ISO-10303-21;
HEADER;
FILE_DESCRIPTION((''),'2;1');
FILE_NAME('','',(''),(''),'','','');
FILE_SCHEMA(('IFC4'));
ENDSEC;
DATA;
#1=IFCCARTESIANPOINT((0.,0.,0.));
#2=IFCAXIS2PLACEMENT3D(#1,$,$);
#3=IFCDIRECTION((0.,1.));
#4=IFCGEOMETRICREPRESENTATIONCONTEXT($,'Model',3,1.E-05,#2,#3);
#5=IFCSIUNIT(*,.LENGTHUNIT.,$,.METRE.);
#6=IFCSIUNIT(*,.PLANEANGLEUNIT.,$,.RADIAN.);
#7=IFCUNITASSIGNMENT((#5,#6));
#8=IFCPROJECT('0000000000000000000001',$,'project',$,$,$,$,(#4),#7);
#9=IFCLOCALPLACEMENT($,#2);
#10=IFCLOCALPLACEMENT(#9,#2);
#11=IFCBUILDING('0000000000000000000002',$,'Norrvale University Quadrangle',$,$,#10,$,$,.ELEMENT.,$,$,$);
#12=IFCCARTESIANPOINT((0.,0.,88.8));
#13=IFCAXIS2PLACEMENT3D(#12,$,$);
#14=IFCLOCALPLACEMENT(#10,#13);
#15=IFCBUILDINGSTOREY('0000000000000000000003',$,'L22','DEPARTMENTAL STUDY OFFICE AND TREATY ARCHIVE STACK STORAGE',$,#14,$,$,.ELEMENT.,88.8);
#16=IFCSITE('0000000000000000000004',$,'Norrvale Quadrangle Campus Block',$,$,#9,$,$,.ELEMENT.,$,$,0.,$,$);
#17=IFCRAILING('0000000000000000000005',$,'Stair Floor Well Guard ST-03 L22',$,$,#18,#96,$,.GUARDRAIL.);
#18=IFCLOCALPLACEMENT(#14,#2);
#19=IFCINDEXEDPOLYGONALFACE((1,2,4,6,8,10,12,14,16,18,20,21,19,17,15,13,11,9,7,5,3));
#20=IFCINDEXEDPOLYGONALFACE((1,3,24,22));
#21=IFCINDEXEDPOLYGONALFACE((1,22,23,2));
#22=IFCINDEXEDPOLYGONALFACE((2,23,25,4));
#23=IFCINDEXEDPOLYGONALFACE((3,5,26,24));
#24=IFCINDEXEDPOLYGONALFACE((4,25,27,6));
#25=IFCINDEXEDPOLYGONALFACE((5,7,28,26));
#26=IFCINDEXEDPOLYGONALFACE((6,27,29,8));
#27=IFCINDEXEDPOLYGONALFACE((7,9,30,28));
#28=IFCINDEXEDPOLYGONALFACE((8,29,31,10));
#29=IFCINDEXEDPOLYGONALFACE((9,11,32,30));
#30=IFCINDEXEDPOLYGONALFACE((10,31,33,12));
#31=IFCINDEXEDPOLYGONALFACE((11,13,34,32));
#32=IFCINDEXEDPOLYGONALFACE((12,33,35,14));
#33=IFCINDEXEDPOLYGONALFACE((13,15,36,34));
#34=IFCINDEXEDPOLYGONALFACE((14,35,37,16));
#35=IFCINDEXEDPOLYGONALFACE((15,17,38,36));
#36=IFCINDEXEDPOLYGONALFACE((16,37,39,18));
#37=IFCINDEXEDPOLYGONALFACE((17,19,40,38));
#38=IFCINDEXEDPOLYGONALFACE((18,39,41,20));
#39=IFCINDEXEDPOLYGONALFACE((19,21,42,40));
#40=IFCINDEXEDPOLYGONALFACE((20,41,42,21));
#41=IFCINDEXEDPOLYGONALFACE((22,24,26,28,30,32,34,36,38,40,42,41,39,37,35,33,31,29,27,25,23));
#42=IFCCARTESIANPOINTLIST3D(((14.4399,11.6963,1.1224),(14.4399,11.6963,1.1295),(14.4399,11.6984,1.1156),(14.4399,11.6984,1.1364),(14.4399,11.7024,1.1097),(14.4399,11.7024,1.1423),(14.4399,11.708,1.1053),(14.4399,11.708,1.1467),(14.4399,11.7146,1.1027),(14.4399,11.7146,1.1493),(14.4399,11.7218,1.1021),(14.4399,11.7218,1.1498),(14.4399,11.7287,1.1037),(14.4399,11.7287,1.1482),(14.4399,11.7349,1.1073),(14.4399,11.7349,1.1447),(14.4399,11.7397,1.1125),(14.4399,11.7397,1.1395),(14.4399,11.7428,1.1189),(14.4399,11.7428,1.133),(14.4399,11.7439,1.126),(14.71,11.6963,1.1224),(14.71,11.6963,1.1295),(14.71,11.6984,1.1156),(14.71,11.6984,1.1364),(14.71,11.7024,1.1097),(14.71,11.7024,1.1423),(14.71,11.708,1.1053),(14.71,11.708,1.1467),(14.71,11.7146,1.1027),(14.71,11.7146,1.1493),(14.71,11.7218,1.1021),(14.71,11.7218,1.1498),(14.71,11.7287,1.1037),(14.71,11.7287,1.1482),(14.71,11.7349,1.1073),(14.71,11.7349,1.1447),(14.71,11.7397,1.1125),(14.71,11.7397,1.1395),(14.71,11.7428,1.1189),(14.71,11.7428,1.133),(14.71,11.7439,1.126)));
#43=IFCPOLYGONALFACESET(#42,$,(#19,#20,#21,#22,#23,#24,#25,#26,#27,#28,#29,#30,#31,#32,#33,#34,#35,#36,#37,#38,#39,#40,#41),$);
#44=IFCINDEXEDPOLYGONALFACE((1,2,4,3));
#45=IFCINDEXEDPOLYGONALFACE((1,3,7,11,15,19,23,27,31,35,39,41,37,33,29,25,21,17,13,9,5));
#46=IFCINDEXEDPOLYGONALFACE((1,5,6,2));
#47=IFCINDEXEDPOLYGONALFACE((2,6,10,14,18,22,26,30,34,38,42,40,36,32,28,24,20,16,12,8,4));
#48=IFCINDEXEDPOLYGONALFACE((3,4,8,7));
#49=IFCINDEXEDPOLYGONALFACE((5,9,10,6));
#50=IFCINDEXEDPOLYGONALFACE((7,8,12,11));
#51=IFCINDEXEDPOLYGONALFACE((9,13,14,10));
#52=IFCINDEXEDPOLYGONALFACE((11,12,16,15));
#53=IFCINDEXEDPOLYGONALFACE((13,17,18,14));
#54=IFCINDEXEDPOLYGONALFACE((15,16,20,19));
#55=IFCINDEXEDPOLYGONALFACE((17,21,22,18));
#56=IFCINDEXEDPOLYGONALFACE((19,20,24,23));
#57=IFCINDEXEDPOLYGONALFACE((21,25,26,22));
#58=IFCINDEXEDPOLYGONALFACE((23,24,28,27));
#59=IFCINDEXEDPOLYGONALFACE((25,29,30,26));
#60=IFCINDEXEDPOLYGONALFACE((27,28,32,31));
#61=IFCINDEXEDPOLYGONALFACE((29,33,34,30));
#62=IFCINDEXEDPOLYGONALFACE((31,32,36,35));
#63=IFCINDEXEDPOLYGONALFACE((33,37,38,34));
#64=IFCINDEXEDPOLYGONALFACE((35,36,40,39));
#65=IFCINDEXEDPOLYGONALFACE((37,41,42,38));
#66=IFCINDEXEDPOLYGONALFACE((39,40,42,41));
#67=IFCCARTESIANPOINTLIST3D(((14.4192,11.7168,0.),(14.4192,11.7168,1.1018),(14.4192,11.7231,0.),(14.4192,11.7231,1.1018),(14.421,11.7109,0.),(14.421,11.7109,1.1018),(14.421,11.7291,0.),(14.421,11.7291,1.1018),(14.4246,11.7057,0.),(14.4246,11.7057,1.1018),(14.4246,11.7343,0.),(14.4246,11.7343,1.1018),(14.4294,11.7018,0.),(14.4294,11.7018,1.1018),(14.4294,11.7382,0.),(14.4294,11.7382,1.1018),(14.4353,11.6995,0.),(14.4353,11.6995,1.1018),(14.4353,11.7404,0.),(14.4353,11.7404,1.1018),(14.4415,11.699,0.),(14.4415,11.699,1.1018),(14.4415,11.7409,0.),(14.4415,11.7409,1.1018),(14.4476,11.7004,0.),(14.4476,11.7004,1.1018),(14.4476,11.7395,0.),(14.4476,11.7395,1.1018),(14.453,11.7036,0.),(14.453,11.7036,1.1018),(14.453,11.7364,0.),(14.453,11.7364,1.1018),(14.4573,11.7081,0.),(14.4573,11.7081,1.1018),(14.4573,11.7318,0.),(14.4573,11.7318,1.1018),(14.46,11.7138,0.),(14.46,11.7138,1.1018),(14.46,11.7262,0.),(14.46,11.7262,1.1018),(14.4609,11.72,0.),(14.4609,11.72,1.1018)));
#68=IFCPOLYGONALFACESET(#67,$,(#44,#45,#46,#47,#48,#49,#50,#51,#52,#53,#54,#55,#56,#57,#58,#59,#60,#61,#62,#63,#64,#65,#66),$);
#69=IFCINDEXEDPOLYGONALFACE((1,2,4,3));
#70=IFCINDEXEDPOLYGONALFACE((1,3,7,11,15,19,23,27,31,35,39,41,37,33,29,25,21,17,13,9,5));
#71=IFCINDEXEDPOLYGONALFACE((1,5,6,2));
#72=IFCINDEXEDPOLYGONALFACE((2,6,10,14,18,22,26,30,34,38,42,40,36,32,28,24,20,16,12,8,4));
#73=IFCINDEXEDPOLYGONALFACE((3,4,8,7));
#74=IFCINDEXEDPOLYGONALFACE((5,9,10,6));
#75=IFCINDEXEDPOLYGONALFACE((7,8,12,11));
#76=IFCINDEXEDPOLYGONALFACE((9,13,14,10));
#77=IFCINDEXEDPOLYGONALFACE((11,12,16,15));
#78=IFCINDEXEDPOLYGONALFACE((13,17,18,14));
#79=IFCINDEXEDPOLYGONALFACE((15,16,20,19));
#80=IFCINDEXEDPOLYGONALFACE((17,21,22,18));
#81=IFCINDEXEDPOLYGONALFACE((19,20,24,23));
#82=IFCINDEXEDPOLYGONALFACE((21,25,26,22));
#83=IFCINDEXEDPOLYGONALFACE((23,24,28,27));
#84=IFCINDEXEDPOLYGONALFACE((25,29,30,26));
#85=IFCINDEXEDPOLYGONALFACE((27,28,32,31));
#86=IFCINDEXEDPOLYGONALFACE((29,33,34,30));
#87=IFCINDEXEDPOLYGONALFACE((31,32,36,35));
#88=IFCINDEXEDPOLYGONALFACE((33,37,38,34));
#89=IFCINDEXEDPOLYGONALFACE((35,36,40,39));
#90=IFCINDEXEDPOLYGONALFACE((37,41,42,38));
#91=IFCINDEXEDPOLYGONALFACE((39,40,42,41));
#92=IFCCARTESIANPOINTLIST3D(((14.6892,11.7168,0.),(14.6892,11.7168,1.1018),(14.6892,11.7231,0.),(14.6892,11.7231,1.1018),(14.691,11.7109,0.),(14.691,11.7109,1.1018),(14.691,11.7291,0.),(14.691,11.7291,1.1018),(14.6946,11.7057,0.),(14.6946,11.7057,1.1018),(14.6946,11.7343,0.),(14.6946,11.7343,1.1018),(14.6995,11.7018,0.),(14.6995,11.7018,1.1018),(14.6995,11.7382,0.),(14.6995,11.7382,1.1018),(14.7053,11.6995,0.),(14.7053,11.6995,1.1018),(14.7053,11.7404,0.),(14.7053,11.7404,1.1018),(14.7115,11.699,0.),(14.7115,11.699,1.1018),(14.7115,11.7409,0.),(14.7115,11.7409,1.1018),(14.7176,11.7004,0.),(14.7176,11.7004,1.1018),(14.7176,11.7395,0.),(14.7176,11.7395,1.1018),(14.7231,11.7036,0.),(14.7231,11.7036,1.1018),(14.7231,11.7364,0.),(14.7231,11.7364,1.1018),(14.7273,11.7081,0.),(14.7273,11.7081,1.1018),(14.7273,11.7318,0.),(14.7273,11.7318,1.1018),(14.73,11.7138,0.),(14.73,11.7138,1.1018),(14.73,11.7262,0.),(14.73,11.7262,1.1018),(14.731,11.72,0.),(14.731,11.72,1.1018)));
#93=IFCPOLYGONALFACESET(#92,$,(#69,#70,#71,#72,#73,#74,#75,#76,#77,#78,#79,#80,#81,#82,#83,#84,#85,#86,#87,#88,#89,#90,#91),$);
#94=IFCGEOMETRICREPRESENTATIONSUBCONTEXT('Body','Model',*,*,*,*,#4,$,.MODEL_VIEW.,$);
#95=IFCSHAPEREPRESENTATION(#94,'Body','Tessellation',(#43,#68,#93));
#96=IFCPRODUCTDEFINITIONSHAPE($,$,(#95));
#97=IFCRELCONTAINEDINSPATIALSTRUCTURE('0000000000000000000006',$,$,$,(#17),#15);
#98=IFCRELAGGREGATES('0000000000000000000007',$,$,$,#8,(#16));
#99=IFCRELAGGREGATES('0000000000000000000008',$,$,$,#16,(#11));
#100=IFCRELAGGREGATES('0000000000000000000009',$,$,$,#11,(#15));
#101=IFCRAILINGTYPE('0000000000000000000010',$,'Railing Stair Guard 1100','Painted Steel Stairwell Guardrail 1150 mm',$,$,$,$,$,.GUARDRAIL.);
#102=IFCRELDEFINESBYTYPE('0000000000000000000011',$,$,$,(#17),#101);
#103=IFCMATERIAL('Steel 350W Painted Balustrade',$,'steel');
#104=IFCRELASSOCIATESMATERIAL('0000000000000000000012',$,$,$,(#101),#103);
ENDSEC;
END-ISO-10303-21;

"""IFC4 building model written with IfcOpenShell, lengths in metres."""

from ifc_helpers import new_model, si_unit, direction, frame, origin, origin_2d, place, context, subcontext, project, spatial, circle, extrude, material, type_object, element, save


model = new_model("IFC4")

# Units and contexts
model_context = context("Model", 3, precision=1e-05, world=origin(), true_north=direction((0.0, 1.0)))
body_context = subcontext(model_context, "Body", "Model", "MODEL_VIEW")
ifc_project = project(units=[si_unit("LENGTHUNIT", "METRE"), si_unit("PLANEANGLEUNIT", "RADIAN")], contexts=[model_context])

# Site, building, storey
site_placement = place(None, origin())
site = spatial("IfcSite", under=ifc_project, at=site_placement, Name="Norrvale Quadrangle Campus Block", CompositionType="ELEMENT", RefElevation=0.0)
building_placement = place(site_placement, origin())
building = spatial("IfcBuilding", under=site, at=building_placement, Name="Norrvale University Quadrangle", CompositionType="ELEMENT")
storey_placement = place(building_placement, frame((0.0, 0.0, 88.8)))
storey = spatial("IfcBuildingStorey", under=building, at=storey_placement, Name="L22", Description="DEPARTMENTAL STUDY OFFICE AND TREATY ARCHIVE STACK STORAGE", CompositionType="ELEMENT", Elevation=88.8)

# Railing
ifc_material_1 = material(Name="Steel 350W Painted Balustrade", Category="steel")
railing_type_1 = type_object("IfcRailingType", Name="Railing Stair Guard 1100", Description="Painted Steel Stairwell Guardrail 1150 mm", PredefinedType="GUARDRAIL", material=ifc_material_1)
railing_1_placement = place(storey_placement, frame((14.4399, 11.72, 0.0)))
element("IfcRailing", 1, at=railing_1_placement, inside=storey, type_object=railing_type_1, Name="Stair Floor Well Guard ST-03 L22", PredefinedType="GUARDRAIL", context=body_context, shape_type="SweptSolid", body=[
    extrude(circle(Radius=0.0239, at=origin_2d()), frame((0.0, 0.0, 1.126), z_axis=(1.0, 0.0, 0.0), x_axis=(0.0, 1.0, 0.0)), (0.0, 0.0, 1.0), 0.27),
    extrude(circle(Radius=0.021, at=origin_2d()), origin(), (0.0, 0.0, 1.0), 1.1018),
    extrude(circle(Radius=0.021, at=origin_2d()), frame((0.27, 0.0, 0.0)), (0.0, 0.0, 1.0), 1.1018),
])

save(model, "model.ifc")
